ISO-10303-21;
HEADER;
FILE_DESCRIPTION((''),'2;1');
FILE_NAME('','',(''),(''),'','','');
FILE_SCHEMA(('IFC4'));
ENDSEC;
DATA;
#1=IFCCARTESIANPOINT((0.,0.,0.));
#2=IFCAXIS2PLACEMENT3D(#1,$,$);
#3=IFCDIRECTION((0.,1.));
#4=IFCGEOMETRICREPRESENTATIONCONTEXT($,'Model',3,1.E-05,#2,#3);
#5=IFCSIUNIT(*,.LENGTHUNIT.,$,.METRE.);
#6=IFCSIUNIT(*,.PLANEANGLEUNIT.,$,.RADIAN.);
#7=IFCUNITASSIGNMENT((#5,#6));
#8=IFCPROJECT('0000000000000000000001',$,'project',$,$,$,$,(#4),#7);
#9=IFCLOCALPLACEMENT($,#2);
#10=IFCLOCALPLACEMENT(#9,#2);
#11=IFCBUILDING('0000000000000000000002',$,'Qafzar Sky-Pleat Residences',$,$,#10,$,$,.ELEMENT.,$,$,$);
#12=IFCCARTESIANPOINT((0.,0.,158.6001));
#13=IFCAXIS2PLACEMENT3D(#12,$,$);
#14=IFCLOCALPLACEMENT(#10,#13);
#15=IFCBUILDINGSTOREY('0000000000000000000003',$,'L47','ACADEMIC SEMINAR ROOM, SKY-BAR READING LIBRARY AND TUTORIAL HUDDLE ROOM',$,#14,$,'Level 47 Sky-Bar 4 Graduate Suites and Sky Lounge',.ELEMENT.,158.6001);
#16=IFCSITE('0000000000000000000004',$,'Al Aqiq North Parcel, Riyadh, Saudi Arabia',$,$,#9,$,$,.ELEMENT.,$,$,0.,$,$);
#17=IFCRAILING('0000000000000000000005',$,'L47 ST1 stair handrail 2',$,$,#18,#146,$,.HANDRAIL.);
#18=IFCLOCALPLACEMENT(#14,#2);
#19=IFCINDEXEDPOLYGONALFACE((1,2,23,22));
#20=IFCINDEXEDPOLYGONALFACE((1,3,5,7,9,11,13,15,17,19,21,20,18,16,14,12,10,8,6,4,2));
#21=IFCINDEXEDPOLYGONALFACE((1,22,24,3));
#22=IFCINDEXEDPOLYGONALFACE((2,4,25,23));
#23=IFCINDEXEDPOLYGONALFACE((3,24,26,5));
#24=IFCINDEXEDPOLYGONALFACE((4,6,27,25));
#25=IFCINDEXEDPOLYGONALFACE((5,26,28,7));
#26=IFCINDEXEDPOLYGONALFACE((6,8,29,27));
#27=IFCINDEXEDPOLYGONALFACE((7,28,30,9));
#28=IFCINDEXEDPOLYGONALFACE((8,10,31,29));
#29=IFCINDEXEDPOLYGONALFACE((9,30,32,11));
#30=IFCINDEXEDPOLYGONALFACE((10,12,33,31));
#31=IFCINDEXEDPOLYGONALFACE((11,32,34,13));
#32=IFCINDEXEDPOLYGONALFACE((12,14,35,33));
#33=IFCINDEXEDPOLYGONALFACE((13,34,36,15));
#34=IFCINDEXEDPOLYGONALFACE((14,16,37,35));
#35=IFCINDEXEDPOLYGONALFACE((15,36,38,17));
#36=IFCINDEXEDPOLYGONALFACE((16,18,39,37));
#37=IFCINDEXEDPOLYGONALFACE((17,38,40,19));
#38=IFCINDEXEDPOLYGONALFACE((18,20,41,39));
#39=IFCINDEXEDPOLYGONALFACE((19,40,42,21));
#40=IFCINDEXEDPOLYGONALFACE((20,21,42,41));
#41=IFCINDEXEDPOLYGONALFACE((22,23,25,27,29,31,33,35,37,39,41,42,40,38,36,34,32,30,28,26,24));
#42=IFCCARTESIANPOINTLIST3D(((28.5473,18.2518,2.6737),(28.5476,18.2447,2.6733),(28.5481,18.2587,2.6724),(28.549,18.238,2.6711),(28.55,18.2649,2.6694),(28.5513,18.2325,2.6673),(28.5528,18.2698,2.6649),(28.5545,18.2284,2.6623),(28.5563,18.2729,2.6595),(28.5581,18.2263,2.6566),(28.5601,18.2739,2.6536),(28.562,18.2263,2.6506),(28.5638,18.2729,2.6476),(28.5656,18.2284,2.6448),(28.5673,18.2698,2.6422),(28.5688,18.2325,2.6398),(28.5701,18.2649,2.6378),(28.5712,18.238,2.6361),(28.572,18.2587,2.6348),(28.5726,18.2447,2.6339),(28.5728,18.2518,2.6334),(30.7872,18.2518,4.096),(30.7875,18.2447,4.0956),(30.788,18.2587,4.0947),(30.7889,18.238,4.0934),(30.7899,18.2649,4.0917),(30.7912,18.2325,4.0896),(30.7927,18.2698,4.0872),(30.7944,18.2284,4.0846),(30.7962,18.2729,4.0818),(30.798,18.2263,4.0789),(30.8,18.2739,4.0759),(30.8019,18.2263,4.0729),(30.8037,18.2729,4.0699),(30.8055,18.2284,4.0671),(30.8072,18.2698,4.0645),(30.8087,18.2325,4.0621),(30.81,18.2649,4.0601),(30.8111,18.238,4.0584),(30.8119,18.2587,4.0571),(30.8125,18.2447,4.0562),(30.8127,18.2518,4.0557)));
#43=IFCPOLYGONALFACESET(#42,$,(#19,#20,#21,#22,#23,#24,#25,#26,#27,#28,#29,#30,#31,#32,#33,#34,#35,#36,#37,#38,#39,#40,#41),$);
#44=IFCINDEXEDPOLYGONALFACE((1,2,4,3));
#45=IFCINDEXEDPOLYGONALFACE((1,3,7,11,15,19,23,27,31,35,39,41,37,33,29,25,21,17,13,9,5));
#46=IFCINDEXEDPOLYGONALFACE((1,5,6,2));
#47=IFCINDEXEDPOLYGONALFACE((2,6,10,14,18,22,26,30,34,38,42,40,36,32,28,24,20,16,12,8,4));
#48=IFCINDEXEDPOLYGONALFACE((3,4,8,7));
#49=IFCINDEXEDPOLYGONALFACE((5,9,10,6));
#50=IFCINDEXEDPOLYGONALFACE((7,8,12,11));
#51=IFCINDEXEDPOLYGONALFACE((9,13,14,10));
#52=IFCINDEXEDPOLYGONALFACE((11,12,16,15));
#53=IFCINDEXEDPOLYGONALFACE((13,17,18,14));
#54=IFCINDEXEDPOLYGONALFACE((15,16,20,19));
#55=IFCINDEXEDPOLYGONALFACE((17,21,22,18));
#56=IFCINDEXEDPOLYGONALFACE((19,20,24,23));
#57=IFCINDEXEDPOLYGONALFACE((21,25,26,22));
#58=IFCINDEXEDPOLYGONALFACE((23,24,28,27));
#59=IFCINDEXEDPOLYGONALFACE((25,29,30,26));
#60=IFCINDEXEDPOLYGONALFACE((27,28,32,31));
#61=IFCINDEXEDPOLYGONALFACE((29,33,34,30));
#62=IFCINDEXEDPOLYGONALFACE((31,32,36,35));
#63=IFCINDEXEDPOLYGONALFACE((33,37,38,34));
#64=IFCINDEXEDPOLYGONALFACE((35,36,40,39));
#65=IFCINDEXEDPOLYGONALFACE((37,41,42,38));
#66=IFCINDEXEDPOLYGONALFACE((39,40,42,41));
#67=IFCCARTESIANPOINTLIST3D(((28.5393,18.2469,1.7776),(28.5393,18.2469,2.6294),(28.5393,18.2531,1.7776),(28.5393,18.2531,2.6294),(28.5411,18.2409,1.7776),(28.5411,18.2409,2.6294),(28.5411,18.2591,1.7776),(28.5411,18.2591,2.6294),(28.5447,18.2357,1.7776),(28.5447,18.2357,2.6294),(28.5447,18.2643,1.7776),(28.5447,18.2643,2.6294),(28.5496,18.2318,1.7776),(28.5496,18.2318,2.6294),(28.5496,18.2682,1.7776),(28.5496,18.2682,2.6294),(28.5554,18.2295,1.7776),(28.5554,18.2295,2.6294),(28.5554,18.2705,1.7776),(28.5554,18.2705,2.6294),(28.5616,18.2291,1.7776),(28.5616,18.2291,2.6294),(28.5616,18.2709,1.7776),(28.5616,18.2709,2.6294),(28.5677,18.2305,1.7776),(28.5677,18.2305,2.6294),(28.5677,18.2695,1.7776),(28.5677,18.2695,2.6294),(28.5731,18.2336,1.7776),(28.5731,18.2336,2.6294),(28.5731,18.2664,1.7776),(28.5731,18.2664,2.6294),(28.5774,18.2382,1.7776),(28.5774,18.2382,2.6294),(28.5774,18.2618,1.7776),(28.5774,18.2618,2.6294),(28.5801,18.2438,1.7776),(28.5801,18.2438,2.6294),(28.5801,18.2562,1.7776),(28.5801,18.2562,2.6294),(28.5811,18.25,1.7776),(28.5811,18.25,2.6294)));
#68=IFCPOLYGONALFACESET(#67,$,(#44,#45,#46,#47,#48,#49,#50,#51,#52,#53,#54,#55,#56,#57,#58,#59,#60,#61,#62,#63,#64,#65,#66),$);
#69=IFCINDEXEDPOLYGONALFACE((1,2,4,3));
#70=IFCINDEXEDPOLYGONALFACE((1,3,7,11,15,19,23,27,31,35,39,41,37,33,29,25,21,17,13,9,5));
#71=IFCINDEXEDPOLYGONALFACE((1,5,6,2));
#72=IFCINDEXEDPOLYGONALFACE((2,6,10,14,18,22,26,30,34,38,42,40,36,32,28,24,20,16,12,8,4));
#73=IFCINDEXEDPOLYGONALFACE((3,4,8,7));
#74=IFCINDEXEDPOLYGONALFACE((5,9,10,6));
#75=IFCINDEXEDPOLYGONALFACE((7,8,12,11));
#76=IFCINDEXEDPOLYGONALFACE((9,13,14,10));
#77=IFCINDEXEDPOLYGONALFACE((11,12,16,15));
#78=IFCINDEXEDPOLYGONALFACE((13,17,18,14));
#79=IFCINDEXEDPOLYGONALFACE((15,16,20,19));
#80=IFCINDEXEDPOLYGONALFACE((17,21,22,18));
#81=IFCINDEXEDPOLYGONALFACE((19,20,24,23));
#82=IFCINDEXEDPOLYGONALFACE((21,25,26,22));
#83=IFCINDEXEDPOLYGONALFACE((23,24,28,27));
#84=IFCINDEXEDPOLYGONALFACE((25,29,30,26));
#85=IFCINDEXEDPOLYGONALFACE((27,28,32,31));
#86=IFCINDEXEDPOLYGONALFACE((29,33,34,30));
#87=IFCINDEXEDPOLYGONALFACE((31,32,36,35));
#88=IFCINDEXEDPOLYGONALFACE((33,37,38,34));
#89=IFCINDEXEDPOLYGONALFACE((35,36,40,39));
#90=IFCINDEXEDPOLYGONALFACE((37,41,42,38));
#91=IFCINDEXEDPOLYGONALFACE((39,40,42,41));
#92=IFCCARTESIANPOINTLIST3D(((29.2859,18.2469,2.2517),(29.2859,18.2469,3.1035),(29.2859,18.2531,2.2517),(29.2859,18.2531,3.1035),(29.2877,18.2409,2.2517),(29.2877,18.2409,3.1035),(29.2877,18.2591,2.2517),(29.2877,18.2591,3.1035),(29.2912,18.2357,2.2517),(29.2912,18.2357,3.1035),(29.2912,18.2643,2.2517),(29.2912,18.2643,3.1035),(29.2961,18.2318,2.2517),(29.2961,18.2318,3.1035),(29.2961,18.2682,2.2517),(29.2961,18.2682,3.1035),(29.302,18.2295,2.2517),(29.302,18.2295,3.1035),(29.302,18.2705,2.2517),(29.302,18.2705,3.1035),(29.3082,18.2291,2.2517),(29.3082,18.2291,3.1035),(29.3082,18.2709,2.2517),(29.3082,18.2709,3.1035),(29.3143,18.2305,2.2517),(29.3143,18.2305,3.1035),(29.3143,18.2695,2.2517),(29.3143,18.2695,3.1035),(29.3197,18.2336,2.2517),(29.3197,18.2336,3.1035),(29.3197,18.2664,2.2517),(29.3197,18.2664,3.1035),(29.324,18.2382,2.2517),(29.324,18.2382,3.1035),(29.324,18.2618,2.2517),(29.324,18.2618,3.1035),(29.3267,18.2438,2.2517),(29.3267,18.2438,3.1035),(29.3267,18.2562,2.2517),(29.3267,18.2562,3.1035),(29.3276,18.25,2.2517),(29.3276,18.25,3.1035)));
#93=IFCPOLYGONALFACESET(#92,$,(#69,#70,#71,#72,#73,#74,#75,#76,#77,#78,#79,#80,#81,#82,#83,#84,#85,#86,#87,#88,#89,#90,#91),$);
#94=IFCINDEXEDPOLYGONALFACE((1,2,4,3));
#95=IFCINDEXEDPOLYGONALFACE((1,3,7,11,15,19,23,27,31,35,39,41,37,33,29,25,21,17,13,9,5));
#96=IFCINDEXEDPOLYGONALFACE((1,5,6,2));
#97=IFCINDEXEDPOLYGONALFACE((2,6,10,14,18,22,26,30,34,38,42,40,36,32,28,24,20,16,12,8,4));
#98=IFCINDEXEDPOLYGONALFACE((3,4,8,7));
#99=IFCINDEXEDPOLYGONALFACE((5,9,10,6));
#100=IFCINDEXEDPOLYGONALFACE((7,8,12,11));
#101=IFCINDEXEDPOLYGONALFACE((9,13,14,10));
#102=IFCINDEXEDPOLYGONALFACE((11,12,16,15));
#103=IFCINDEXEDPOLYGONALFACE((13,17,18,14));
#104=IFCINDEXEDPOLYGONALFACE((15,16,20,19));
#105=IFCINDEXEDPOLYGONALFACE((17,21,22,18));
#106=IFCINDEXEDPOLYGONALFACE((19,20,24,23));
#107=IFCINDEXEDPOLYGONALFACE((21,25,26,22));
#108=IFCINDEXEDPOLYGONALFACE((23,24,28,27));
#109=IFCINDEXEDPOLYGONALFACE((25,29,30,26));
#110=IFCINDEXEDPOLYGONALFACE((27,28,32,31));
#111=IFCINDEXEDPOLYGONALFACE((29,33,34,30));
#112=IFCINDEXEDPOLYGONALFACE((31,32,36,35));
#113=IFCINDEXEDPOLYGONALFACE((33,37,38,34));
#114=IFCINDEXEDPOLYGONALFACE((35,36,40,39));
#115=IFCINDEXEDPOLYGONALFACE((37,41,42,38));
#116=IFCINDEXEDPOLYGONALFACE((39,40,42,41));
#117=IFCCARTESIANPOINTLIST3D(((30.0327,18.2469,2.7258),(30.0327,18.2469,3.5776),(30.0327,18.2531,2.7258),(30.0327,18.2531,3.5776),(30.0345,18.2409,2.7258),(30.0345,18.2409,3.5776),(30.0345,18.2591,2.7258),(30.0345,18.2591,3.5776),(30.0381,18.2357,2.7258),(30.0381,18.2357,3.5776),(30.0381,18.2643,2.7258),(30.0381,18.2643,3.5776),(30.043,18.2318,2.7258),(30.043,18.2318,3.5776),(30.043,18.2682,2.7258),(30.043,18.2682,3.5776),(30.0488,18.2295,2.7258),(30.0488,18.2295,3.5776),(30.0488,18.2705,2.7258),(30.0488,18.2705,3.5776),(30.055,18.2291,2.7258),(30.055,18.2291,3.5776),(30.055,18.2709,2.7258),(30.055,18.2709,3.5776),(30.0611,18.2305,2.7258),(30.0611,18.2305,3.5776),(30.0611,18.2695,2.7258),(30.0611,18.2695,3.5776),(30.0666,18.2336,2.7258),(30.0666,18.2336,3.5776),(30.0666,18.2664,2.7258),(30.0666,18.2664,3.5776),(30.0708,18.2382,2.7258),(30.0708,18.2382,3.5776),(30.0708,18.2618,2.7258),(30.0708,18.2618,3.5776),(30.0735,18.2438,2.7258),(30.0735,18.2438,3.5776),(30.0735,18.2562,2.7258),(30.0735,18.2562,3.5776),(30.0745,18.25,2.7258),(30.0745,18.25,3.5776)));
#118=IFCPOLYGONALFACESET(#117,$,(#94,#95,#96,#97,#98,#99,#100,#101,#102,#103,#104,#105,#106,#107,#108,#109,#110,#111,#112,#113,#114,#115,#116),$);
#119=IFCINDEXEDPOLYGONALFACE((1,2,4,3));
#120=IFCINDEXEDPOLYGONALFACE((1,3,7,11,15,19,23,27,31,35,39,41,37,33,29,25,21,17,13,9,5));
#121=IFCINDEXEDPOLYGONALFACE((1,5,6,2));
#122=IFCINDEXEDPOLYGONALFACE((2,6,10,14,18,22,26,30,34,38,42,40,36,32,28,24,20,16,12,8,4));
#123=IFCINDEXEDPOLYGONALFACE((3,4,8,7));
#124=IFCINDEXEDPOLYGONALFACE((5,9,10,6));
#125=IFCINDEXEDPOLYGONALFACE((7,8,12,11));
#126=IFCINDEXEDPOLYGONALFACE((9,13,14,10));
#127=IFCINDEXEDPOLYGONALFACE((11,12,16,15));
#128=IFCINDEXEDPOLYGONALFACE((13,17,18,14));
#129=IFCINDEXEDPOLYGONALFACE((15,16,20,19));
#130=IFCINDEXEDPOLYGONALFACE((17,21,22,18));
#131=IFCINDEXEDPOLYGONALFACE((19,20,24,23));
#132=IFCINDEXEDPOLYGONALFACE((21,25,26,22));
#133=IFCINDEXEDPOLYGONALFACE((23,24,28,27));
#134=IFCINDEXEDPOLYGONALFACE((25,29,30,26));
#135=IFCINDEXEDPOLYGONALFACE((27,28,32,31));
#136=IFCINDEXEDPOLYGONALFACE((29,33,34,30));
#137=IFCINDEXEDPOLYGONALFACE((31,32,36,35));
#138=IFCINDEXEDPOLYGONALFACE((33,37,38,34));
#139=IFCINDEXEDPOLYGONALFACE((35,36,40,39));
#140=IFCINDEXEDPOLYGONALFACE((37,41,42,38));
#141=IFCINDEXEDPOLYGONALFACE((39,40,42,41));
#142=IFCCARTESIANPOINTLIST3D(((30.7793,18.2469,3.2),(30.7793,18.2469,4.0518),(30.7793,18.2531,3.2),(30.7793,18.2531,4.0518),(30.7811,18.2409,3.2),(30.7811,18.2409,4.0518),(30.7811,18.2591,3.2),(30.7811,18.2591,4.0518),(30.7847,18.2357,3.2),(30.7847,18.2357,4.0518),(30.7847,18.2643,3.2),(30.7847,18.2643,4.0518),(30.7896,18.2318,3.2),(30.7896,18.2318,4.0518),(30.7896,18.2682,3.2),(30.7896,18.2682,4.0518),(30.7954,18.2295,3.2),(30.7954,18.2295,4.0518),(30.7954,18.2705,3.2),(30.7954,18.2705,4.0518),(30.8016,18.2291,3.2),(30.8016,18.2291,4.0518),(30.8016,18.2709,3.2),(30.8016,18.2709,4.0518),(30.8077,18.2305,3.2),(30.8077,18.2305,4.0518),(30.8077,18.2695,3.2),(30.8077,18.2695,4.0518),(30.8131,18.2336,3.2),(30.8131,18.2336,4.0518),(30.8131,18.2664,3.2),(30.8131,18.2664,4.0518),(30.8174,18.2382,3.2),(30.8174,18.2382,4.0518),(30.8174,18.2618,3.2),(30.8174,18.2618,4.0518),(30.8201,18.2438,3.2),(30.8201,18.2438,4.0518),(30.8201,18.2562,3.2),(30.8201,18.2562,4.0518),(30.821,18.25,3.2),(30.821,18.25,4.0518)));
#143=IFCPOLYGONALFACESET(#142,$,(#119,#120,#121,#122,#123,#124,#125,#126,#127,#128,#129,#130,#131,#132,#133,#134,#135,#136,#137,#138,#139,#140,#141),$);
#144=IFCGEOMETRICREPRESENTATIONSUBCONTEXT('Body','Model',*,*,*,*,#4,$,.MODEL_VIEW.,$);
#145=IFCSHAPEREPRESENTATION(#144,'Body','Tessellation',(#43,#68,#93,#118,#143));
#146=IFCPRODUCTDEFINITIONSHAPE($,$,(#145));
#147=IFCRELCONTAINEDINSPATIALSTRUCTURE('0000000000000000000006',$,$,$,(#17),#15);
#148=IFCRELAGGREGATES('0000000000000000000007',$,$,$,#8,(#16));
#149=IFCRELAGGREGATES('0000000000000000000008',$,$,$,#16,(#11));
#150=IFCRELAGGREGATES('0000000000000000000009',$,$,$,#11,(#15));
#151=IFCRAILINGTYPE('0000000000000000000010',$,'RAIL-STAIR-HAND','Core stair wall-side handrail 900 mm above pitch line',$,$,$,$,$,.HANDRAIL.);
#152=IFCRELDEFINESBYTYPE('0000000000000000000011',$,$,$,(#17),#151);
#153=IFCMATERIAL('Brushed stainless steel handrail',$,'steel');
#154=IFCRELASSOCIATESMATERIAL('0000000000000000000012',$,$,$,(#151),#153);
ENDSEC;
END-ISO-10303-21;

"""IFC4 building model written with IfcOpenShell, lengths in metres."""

from ifc_helpers import new_model, si_unit, direction, frame, origin, origin_2d, place, context, subcontext, project, spatial, circle, extrude, source, transform, mapped, material, type_object, element, save


model = new_model("IFC4")

# Units and contexts
model_context = context("Model", 3, precision=1e-05, world=origin(), true_north=direction((0.0, 1.0)))
body_context = subcontext(model_context, "Body", "Model", "MODEL_VIEW")
ifc_project = project(units=[si_unit("LENGTHUNIT", "METRE"), si_unit("PLANEANGLEUNIT", "RADIAN")], contexts=[model_context])

# Site, building, storey
site_placement = place(None, origin())
site = spatial("IfcSite", under=ifc_project, at=site_placement, Name="Al Aqiq North Parcel, Riyadh, Saudi Arabia", CompositionType="ELEMENT", RefElevation=0.0)
building_placement = place(site_placement, origin())
building = spatial("IfcBuilding", under=site, at=building_placement, Name="Qafzar Sky-Pleat Residences", CompositionType="ELEMENT")
storey_placement = place(building_placement, frame((0.0, 0.0, 158.6001)))
storey = spatial("IfcBuildingStorey", under=building, at=storey_placement, Name="L47", Description="ACADEMIC SEMINAR ROOM, SKY-BAR READING LIBRARY AND TUTORIAL HUDDLE ROOM", LongName="Level 47 Sky-Bar 4 Graduate Suites and Sky Lounge", CompositionType="ELEMENT", Elevation=158.6001)

# Railing
ifc_material_1 = material(Name="Brushed stainless steel handrail", Category="steel")
railing_type_1 = type_object("IfcRailingType", Name="RAIL-STAIR-HAND", Description="Core stair wall-side handrail 900 mm above pitch line", PredefinedType="HANDRAIL", material=ifc_material_1)
shared_shape_1 = source(origin(), body_context, "Body", "SweptSolid", [
    extrude(circle(Radius=0.0239, at=origin_2d()), frame((0.0, 0.0, 0.876), z_axis=(0.844188, 0.0, 0.536048), x_axis=(0.0, 1.0, 0.0)), (0.0, 0.0, 1.0), 2.6533),
    extrude(circle(Radius=0.021, at=origin_2d()), origin(), (0.0, 0.0, 1.0), 0.8518),
    extrude(circle(Radius=0.021, at=origin_2d()), frame((0.7466, 0.0, 0.4741)), (0.0, 0.0, 1.0), 0.8518),
    extrude(circle(Radius=0.021, at=origin_2d()), frame((1.4934, 0.0, 0.9482)), (0.0, 0.0, 1.0), 0.8518),
    extrude(circle(Radius=0.021, at=origin_2d()), frame((2.24, 0.0, 1.4224)), (0.0, 0.0, 1.0), 0.8518),
])
railing_1_placement = place(storey_placement, frame((28.5601, 18.25, 1.7776)))
element("IfcRailing", 1, at=railing_1_placement, inside=storey, type_object=railing_type_1, Name="L47 ST1 stair handrail 2", PredefinedType="HANDRAIL", context=body_context, shape_type="MappedRepresentation", body=[
    mapped(shared_shape_1, transform((0.0, 0.0, 0.0), x_axis=(1.0, 0.0, 0.0), y_axis=(0.0, 1.0, 0.0), z_axis=(0.0, 0.0, 1.0), scale=1.0)),
])

save(model, "model.ifc")
